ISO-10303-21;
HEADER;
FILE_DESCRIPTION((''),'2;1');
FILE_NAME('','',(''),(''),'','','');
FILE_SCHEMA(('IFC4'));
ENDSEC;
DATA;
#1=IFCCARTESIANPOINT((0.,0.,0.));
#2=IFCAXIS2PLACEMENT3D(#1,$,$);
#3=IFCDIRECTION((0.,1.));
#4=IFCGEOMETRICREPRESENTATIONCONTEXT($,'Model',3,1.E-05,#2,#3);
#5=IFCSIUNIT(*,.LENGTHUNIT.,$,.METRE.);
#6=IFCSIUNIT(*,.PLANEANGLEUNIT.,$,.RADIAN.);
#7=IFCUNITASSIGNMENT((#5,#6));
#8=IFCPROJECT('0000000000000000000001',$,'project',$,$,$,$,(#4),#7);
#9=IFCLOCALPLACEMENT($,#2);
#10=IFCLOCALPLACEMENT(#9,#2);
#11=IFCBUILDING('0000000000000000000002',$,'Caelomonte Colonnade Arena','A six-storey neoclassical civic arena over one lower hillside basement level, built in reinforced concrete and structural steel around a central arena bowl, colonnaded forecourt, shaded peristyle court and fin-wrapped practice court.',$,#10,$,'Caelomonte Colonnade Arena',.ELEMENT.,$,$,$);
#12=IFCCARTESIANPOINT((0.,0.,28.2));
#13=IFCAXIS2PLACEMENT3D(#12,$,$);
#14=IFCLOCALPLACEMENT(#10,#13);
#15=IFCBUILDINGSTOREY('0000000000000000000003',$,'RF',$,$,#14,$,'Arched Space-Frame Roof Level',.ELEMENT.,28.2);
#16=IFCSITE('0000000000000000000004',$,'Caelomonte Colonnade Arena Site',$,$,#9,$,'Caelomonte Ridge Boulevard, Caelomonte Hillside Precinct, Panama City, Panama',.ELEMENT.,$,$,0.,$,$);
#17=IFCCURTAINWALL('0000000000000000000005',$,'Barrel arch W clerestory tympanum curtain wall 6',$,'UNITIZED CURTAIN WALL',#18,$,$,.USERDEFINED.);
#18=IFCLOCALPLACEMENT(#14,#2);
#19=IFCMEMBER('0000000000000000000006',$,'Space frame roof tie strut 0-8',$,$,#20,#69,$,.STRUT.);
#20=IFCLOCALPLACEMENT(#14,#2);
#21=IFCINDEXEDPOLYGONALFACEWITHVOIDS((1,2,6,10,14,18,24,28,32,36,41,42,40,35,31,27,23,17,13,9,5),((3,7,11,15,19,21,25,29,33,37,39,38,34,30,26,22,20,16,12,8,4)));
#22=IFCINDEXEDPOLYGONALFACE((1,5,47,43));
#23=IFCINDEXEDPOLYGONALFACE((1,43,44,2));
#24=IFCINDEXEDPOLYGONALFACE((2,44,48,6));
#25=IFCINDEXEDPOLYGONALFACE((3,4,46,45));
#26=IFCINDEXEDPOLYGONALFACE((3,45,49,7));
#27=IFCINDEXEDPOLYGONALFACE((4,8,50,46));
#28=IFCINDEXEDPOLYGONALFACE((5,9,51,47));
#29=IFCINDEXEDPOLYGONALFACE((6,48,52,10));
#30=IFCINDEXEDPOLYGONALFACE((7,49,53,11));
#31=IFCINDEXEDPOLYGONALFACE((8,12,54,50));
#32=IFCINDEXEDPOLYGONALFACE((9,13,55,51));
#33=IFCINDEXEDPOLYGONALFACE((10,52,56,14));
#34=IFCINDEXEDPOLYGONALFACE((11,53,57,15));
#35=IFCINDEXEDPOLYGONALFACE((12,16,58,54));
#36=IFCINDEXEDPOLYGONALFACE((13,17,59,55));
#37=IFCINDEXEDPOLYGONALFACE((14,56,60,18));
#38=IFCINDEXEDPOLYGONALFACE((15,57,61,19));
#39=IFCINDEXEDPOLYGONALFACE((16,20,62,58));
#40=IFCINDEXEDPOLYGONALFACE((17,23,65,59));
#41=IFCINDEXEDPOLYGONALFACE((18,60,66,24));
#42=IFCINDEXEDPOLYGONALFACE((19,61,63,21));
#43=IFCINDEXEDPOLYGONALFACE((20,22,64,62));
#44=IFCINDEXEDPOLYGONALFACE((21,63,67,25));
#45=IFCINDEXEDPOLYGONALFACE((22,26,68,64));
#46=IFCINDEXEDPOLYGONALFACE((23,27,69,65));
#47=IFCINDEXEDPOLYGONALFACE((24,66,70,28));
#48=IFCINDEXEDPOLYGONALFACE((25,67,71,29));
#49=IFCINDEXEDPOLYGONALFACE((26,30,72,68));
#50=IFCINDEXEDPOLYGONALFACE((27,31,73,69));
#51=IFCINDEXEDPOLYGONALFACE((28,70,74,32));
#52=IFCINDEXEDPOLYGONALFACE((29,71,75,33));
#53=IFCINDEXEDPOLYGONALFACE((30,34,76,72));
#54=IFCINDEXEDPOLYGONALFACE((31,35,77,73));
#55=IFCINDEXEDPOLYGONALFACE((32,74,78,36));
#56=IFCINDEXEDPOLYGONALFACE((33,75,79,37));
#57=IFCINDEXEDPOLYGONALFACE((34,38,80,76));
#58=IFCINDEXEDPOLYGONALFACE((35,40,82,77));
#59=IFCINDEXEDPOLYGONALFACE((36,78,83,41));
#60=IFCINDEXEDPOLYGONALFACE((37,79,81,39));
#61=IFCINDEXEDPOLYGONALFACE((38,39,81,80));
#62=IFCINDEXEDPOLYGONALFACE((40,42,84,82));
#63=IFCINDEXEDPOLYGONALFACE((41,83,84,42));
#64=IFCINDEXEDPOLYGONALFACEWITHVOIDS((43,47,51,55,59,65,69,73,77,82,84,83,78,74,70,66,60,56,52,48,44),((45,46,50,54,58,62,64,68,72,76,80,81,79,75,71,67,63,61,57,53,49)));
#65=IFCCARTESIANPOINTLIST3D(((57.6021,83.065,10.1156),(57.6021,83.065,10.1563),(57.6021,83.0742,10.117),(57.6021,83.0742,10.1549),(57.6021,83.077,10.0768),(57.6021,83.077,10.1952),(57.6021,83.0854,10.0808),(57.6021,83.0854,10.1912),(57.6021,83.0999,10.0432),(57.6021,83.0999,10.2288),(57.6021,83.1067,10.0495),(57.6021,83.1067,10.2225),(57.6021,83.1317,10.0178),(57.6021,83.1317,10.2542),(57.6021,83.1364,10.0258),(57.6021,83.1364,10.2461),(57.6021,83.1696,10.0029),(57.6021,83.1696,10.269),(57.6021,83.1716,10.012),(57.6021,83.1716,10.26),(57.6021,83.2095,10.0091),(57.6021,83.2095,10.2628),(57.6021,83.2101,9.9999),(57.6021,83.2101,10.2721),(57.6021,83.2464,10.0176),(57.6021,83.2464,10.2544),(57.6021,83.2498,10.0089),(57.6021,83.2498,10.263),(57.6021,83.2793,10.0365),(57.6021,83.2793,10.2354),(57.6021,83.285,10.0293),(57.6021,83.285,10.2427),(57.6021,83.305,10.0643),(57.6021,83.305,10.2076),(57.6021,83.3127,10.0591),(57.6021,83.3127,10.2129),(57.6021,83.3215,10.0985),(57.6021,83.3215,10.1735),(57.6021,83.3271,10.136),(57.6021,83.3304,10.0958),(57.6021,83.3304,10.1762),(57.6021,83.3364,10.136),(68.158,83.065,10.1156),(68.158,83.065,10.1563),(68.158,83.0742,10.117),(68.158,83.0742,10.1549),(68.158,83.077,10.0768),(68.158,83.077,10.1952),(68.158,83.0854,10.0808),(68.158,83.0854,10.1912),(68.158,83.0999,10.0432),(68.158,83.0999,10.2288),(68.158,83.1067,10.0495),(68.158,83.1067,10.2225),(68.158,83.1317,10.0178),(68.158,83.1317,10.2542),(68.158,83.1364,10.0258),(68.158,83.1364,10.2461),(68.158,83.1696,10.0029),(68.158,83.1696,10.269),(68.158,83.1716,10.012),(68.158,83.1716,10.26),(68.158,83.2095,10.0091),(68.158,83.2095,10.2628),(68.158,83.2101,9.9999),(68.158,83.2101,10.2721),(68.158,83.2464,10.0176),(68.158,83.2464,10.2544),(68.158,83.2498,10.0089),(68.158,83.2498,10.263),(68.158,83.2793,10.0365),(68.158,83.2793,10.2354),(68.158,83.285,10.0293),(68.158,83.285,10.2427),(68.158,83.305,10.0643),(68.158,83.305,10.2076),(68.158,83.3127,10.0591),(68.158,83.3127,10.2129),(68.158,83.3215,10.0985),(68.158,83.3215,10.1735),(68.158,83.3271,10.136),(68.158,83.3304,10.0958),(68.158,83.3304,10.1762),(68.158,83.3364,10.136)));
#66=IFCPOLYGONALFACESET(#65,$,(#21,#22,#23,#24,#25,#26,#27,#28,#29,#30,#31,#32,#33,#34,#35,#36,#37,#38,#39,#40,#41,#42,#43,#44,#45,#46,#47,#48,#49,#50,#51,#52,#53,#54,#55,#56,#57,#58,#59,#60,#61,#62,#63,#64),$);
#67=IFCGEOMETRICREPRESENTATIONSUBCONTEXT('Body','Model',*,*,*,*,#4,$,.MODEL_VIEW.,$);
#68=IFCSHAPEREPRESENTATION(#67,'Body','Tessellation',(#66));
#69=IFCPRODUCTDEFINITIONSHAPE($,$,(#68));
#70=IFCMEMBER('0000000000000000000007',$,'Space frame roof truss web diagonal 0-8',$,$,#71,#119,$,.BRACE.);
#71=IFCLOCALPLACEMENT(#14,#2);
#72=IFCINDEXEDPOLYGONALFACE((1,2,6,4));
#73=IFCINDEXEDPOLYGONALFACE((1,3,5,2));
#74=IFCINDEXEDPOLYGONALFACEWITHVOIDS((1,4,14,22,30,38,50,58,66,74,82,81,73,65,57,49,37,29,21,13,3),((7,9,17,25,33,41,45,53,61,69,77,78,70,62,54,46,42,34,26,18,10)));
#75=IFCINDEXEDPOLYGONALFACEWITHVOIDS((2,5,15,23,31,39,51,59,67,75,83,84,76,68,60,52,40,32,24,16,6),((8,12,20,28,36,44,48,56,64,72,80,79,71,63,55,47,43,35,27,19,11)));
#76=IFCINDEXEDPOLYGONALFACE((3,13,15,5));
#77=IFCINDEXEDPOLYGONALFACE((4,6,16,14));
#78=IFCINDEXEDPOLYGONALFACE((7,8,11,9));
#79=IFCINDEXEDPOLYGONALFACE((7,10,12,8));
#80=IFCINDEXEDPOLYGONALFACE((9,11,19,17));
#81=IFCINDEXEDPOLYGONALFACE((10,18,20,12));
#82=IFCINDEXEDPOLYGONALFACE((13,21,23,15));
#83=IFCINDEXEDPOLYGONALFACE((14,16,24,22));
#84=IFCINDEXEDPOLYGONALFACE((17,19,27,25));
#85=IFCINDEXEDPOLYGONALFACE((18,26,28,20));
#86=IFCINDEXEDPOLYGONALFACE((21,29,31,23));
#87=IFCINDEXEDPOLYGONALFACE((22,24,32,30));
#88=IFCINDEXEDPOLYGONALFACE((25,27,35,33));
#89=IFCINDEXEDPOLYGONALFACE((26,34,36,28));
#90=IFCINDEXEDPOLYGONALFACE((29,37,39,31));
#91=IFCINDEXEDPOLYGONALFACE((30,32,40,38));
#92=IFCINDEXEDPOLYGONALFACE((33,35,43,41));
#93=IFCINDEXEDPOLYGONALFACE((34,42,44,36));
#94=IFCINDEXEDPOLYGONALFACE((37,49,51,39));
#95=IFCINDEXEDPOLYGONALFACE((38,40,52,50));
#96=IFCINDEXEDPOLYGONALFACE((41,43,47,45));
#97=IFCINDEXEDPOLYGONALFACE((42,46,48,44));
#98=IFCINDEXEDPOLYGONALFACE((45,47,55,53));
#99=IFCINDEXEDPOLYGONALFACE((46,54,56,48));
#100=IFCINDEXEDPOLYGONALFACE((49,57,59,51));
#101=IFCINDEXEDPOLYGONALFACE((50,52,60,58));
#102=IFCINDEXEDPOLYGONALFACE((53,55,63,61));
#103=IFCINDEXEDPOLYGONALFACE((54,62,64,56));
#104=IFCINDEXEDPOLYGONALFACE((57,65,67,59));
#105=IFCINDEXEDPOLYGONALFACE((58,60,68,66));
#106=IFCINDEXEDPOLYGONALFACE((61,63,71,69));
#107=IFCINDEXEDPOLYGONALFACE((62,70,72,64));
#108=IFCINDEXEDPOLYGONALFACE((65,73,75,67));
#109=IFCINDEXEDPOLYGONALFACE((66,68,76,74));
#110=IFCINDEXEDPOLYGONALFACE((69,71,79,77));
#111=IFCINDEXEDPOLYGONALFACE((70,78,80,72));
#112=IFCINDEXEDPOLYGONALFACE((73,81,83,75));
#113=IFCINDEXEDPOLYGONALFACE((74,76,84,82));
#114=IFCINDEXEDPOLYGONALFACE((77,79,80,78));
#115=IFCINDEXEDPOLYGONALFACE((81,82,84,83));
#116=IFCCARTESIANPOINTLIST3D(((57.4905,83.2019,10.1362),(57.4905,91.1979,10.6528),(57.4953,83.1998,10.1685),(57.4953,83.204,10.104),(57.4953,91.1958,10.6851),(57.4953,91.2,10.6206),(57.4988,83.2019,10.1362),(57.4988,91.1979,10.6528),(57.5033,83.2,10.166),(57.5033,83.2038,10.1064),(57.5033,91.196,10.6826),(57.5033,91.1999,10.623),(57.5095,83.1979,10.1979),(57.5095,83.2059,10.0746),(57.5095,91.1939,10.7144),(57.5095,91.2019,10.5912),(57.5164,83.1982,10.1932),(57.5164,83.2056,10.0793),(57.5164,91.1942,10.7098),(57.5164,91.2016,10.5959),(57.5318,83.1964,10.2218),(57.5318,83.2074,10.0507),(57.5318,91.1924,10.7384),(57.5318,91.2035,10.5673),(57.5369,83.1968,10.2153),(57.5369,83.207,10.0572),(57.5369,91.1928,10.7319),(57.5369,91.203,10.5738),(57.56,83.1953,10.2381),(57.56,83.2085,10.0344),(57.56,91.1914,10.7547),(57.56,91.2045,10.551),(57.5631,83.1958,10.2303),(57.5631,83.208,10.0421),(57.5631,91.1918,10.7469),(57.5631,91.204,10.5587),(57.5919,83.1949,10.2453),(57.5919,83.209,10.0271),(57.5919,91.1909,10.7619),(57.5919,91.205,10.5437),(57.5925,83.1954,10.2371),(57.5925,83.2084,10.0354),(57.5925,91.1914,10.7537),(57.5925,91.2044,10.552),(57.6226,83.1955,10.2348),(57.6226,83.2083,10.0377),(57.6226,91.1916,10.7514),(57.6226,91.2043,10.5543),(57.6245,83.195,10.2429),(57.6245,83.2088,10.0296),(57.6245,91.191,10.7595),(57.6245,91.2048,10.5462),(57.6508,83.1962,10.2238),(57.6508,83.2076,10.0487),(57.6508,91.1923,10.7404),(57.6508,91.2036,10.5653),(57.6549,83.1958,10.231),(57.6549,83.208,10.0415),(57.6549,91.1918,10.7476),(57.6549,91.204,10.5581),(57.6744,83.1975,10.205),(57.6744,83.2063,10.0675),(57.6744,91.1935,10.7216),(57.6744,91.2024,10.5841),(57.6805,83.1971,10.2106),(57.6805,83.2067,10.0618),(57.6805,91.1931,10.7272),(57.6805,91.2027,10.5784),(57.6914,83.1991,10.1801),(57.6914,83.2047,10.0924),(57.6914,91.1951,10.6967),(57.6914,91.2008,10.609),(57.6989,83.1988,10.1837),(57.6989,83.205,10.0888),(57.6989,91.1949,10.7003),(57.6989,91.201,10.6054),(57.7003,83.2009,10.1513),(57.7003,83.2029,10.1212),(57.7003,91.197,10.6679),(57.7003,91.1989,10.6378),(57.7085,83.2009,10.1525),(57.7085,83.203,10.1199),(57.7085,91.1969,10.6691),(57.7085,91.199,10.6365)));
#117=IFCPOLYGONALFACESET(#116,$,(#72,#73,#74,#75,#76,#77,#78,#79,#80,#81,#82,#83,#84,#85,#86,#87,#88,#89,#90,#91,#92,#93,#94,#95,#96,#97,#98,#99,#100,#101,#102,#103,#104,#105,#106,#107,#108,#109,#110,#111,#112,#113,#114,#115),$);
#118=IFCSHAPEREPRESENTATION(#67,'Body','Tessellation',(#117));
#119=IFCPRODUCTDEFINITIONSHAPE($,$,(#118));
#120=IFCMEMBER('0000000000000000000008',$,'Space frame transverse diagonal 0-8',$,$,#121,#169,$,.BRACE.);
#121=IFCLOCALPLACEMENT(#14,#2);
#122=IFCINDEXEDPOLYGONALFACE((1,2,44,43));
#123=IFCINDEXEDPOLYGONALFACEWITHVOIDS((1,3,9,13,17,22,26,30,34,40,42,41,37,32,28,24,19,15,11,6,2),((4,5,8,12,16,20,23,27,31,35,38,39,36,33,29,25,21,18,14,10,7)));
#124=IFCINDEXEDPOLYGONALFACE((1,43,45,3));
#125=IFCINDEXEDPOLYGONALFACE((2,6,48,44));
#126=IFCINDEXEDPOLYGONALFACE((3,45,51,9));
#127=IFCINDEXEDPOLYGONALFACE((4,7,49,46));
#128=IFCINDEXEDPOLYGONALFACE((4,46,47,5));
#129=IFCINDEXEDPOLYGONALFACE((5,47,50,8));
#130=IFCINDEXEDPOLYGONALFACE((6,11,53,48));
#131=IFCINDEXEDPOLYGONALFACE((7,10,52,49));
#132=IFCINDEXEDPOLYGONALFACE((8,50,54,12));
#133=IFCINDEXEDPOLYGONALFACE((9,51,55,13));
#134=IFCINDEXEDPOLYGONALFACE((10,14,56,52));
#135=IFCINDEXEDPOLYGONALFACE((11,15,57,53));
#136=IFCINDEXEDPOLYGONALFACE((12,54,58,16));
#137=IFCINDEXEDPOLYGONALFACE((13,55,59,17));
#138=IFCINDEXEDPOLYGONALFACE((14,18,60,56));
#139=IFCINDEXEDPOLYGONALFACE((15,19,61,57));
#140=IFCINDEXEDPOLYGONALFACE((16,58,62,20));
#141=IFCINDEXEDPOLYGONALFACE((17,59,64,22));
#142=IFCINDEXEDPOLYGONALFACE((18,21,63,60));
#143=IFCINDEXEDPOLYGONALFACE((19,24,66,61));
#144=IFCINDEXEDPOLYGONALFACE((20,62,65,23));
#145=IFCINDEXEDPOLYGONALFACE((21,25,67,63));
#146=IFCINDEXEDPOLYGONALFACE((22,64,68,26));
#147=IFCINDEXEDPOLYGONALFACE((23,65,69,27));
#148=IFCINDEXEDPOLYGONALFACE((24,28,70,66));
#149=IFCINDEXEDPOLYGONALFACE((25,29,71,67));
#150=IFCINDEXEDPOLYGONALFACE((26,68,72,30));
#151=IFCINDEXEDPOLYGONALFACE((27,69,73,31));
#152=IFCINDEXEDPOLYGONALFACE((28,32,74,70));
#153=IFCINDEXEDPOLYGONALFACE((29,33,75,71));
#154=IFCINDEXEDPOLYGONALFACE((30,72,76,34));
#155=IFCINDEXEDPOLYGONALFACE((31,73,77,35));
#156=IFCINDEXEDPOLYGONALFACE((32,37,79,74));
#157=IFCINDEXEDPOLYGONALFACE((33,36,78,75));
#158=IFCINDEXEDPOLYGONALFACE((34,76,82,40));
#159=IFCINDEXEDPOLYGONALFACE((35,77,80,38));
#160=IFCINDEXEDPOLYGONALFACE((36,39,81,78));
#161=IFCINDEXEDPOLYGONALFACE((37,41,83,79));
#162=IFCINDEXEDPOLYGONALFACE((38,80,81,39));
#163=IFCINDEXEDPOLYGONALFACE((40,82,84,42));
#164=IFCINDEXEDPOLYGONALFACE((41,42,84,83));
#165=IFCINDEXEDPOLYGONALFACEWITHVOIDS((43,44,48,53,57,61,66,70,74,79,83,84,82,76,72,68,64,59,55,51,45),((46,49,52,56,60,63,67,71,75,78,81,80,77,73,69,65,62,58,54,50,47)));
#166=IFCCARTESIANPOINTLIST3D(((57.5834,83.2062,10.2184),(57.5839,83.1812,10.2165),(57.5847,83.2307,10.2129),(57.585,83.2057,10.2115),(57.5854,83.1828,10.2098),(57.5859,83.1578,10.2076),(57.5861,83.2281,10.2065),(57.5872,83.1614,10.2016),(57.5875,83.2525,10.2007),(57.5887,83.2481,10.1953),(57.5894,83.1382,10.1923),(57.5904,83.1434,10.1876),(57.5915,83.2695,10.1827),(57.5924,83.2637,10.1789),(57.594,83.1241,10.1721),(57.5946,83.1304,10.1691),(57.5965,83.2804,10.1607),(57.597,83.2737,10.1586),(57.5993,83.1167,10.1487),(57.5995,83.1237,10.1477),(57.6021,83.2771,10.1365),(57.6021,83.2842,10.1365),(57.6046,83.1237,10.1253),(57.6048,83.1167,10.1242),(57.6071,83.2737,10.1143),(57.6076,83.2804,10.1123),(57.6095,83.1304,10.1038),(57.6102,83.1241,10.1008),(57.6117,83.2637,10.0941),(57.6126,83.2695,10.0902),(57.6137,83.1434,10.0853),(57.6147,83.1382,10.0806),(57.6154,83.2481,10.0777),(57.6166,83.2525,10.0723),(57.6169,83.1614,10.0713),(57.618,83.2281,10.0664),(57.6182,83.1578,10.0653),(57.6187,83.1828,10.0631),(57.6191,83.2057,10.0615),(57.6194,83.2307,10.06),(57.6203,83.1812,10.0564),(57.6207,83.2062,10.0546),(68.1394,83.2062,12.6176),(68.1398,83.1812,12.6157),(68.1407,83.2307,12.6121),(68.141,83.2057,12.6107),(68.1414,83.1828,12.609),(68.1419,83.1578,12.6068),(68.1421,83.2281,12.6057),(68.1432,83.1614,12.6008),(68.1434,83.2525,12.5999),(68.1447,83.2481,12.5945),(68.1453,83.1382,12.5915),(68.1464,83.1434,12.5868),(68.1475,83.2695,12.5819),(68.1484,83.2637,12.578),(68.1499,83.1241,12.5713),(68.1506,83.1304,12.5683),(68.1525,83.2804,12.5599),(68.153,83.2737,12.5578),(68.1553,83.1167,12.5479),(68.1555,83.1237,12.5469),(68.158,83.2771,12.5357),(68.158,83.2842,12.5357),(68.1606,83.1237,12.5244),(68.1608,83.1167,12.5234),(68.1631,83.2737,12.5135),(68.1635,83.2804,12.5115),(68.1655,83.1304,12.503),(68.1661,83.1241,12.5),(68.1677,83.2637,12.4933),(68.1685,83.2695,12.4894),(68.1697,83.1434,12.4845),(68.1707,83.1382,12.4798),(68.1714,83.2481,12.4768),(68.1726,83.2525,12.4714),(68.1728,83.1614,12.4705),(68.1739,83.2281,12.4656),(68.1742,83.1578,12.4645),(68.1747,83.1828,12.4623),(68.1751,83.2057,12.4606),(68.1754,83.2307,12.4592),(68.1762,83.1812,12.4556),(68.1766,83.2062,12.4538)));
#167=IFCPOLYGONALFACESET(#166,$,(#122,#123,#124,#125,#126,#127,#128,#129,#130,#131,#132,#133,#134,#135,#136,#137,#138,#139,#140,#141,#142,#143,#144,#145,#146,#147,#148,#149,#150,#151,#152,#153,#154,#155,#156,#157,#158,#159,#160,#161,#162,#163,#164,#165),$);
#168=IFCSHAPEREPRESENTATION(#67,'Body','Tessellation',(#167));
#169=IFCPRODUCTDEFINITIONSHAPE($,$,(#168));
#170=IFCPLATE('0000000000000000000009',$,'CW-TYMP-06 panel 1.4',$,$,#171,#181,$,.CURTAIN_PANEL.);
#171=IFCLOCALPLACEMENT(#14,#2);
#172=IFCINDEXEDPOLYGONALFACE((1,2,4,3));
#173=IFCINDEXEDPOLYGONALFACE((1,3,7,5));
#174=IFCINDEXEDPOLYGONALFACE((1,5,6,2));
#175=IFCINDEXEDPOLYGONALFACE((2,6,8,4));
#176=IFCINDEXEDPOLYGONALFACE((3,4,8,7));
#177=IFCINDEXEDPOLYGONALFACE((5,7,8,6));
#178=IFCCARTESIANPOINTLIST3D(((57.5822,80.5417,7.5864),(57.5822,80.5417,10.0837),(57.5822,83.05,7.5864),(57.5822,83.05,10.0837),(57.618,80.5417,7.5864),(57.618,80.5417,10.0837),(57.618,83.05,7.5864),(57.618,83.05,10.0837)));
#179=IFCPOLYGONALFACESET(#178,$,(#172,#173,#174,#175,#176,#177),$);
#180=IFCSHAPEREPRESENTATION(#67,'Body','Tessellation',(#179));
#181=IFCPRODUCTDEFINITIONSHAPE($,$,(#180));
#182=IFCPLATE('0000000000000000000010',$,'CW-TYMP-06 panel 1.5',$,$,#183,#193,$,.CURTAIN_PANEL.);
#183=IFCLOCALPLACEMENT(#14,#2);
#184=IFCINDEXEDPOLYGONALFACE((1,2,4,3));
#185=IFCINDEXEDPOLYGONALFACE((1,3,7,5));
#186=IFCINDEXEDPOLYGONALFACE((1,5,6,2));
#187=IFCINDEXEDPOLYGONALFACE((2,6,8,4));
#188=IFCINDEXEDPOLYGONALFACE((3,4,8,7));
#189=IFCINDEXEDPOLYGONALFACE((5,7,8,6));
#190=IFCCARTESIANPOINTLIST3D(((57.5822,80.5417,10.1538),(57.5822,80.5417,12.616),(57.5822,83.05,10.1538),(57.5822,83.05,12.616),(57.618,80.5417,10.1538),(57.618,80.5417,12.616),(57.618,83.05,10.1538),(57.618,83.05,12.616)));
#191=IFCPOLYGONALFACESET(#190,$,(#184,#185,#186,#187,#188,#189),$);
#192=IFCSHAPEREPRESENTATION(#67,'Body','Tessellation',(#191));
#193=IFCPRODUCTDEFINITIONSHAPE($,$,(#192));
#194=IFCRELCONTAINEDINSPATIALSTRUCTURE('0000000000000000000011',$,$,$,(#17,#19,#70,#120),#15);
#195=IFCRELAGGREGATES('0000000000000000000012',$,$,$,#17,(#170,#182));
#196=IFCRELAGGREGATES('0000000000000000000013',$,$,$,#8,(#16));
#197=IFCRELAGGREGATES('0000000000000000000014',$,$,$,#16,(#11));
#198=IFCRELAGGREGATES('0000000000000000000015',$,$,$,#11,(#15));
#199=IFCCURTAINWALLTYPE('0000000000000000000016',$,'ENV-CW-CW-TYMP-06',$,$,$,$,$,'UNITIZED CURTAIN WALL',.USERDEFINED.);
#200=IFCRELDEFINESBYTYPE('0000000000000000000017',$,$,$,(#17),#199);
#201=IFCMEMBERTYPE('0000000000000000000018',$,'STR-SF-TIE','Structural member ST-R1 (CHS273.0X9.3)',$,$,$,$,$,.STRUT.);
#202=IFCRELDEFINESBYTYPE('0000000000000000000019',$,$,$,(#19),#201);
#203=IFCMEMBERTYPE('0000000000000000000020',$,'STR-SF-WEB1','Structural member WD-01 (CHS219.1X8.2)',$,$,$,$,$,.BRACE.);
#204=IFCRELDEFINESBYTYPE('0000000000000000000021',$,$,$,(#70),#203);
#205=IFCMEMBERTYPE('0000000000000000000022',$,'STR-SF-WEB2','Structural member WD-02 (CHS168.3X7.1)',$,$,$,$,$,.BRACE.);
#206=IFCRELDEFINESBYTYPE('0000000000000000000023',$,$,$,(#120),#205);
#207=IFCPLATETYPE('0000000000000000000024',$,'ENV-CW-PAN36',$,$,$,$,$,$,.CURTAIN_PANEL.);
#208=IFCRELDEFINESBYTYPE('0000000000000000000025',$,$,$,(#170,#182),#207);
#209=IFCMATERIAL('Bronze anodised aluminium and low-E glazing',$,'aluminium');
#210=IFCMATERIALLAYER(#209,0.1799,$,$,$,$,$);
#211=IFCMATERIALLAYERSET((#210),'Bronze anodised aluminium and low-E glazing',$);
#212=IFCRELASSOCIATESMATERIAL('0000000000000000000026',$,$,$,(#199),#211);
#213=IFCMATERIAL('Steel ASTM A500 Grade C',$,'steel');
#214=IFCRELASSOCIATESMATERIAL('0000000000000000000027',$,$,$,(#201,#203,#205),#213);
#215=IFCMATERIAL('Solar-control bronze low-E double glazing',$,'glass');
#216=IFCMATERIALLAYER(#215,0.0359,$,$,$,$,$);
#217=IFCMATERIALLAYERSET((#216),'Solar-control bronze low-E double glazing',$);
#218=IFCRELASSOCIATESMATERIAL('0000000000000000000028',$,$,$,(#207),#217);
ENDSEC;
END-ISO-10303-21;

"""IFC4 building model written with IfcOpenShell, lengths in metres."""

from ifc_helpers import new_model, si_unit, direction, frame, origin, origin_2d, place, context, subcontext, project, spatial, rectangle, hollow_circle, extrude, material, layer, layer_set, material_profile, profile_set, type_object, element, aggregate, save


model = new_model("IFC4")

# Units and contexts
model_context = context("Model", 3, precision=1e-05, world=origin(), true_north=direction((0.0, 1.0)))
body_context = subcontext(model_context, "Body", "Model", "MODEL_VIEW")
ifc_project = project(units=[si_unit("LENGTHUNIT", "METRE"), si_unit("PLANEANGLEUNIT", "RADIAN")], contexts=[model_context])

# Site, building, storey
site_placement = place(None, origin())
site = spatial("IfcSite", under=ifc_project, at=site_placement, Name="Caelomonte Colonnade Arena Site", LongName="Caelomonte Ridge Boulevard, Caelomonte Hillside Precinct, Panama City, Panama", CompositionType="ELEMENT", RefElevation=0.0)
building_placement = place(site_placement, origin())
building = spatial("IfcBuilding", under=site, at=building_placement, Name="Caelomonte Colonnade Arena", Description="A six-storey neoclassical civic arena over one lower hillside basement level, built in reinforced concrete and structural steel around a central arena bowl, colonnaded forecourt, shaded peristyle court and fin-wrapped practice court.", LongName="Caelomonte Colonnade Arena", CompositionType="ELEMENT")
storey_placement = place(building_placement, frame((0.0, 0.0, 28.2)))
storey = spatial("IfcBuildingStorey", under=building, at=storey_placement, Name="RF", LongName="Arched Space-Frame Roof Level", CompositionType="ELEMENT", Elevation=28.2)

# Curtain wall
ifc_material_1 = material(Name="Bronze anodised aluminium and low-E glazing", Category="aluminium")
ifc_layer_1 = layer(ifc_material_1, 0.1799)
ifc_layer_set_1 = layer_set([ifc_layer_1], Name="Bronze anodised aluminium and low-E glazing")
curtain_wall_type_1 = type_object("IfcCurtainWallType", Name="ENV-CW-CW-TYMP-06", ElementType="UNITIZED CURTAIN WALL", PredefinedType="USERDEFINED", material=ifc_layer_set_1)
curtain_wall_1_placement = place(storey_placement, origin())
curtain_wall_1 = element("IfcCurtainWall", 1, at=curtain_wall_1_placement, inside=storey, type_object=curtain_wall_type_1, Name="Barrel arch W clerestory tympanum curtain wall 6", ObjectType="UNITIZED CURTAIN WALL", PredefinedType="USERDEFINED")

# Members
ifc_material_2 = material(Name="Steel ASTM A500 Grade C", Category="steel")
ifc_material_profile_1 = material_profile(ifc_material_2, hollow_circle(Radius=0.1365, WallThickness=0.0093, at=origin_2d()), Name="CHS273.0X9.3")
ifc_profile_set_1 = profile_set([ifc_material_profile_1], Name="Steel ASTM A500 Grade C")
member_type_1 = type_object("IfcMemberType", Name="STR-SF-TIE", Description="Structural member ST-R1 (CHS273.0X9.3)", PredefinedType="STRUT", material=ifc_profile_set_1)
member_1_placement = place(storey_placement, frame((57.6021, 83.2, 10.136), z_axis=(1.0, 0.0, 0.0), x_axis=(0.0, 1.0, 0.0)))
element("IfcMember", 2, at=member_1_placement, inside=storey, type_object=member_type_1, Name="Space frame roof tie strut 0-8", PredefinedType="STRUT", context=body_context, shape_type="SweptSolid", body=[
    extrude(hollow_circle(Radius=0.1365, WallThickness=0.0093, at=origin_2d()), origin(), (0.0, 0.0, 1.0), 10.5559),
])
ifc_material_profile_2 = material_profile(ifc_material_2, hollow_circle(Radius=0.1096, WallThickness=0.0083, at=origin_2d()), Name="CHS219.1X8.2")
ifc_profile_set_2 = profile_set([ifc_material_profile_2], Name="Steel ASTM A500 Grade C")
member_type_2 = type_object("IfcMemberType", Name="STR-SF-WEB1", Description="Structural member WD-01 (CHS219.1X8.2)", PredefinedType="BRACE", material=ifc_profile_set_2)
member_2_placement = place(storey_placement, frame((57.6001, 83.2019, 10.1362), z_axis=(0.0, 0.997919, 0.064472), x_axis=(-1.0, 0.0, 0.0)))
element("IfcMember", 3, at=member_2_placement, inside=storey, type_object=member_type_2, Name="Space frame roof truss web diagonal 0-8", PredefinedType="BRACE", context=body_context, shape_type="SweptSolid", body=[
    extrude(hollow_circle(Radius=0.1096, WallThickness=0.0083, at=origin_2d()), origin(), (0.0, 0.0, 1.0), 8.0127),
])
ifc_material_profile_3 = material_profile(ifc_material_2, hollow_circle(Radius=0.0842, WallThickness=0.0071, at=origin_2d()), Name="CHS168.3X7.1")
ifc_profile_set_3 = profile_set([ifc_material_profile_3], Name="Steel ASTM A500 Grade C")
member_type_3 = type_object("IfcMemberType", Name="STR-SF-WEB2", Description="Structural member WD-02 (CHS168.3X7.1)", PredefinedType="BRACE", material=ifc_profile_set_3)
member_3_placement = place(storey_placement, frame((57.6021, 83.2, 10.1365), z_axis=(0.975131, 0.0, 0.22163), x_axis=(0.0, 1.0, 0.0)))
element("IfcMember", 4, at=member_3_placement, inside=storey, type_object=member_type_3, Name="Space frame transverse diagonal 0-8", PredefinedType="BRACE", context=body_context, shape_type="SweptSolid", body=[
    extrude(hollow_circle(Radius=0.0842, WallThickness=0.0071, at=origin_2d()), origin(), (0.0, 0.0, 1.0), 10.8252),
])

# Plates
ifc_material_3 = material(Name="Solar-control bronze low-E double glazing", Category="glass")
ifc_layer_2 = layer(ifc_material_3, 0.0359)
ifc_layer_set_2 = layer_set([ifc_layer_2], Name="Solar-control bronze low-E double glazing")
plate_type_1 = type_object("IfcPlateType", Name="ENV-CW-PAN36", PredefinedType="CURTAIN_PANEL", material=ifc_layer_set_2)
plate_1_placement = place(storey_placement, frame((57.6001, 81.7959, 7.5864), z_axis=(0.0, 0.0, 1.0), x_axis=(0.0, -1.0, 0.0)))
plate_1 = element("IfcPlate", 5, at=plate_1_placement, type_object=plate_type_1, Name="CW-TYMP-06 panel 1.4", PredefinedType="CURTAIN_PANEL", context=body_context, shape_type="SweptSolid", body=[
    extrude(rectangle(XDim=2.5083, YDim=0.0359, at=origin_2d()), origin(), (0.0, 0.0, 1.0), 2.4973),
])
plate_2_placement = place(storey_placement, frame((57.6001, 81.7959, 10.1538), z_axis=(0.0, 0.0, 1.0), x_axis=(0.0, -1.0, 0.0)))
plate_2 = element("IfcPlate", 6, at=plate_2_placement, type_object=plate_type_1, Name="CW-TYMP-06 panel 1.5", PredefinedType="CURTAIN_PANEL", context=body_context, shape_type="SweptSolid", body=[
    extrude(rectangle(XDim=2.5083, YDim=0.0359, at=origin_2d()), origin(), (0.0, 0.0, 1.0), 2.4622),
])
aggregate(curtain_wall_1, [plate_1, plate_2])

save(model, "model.ifc")
